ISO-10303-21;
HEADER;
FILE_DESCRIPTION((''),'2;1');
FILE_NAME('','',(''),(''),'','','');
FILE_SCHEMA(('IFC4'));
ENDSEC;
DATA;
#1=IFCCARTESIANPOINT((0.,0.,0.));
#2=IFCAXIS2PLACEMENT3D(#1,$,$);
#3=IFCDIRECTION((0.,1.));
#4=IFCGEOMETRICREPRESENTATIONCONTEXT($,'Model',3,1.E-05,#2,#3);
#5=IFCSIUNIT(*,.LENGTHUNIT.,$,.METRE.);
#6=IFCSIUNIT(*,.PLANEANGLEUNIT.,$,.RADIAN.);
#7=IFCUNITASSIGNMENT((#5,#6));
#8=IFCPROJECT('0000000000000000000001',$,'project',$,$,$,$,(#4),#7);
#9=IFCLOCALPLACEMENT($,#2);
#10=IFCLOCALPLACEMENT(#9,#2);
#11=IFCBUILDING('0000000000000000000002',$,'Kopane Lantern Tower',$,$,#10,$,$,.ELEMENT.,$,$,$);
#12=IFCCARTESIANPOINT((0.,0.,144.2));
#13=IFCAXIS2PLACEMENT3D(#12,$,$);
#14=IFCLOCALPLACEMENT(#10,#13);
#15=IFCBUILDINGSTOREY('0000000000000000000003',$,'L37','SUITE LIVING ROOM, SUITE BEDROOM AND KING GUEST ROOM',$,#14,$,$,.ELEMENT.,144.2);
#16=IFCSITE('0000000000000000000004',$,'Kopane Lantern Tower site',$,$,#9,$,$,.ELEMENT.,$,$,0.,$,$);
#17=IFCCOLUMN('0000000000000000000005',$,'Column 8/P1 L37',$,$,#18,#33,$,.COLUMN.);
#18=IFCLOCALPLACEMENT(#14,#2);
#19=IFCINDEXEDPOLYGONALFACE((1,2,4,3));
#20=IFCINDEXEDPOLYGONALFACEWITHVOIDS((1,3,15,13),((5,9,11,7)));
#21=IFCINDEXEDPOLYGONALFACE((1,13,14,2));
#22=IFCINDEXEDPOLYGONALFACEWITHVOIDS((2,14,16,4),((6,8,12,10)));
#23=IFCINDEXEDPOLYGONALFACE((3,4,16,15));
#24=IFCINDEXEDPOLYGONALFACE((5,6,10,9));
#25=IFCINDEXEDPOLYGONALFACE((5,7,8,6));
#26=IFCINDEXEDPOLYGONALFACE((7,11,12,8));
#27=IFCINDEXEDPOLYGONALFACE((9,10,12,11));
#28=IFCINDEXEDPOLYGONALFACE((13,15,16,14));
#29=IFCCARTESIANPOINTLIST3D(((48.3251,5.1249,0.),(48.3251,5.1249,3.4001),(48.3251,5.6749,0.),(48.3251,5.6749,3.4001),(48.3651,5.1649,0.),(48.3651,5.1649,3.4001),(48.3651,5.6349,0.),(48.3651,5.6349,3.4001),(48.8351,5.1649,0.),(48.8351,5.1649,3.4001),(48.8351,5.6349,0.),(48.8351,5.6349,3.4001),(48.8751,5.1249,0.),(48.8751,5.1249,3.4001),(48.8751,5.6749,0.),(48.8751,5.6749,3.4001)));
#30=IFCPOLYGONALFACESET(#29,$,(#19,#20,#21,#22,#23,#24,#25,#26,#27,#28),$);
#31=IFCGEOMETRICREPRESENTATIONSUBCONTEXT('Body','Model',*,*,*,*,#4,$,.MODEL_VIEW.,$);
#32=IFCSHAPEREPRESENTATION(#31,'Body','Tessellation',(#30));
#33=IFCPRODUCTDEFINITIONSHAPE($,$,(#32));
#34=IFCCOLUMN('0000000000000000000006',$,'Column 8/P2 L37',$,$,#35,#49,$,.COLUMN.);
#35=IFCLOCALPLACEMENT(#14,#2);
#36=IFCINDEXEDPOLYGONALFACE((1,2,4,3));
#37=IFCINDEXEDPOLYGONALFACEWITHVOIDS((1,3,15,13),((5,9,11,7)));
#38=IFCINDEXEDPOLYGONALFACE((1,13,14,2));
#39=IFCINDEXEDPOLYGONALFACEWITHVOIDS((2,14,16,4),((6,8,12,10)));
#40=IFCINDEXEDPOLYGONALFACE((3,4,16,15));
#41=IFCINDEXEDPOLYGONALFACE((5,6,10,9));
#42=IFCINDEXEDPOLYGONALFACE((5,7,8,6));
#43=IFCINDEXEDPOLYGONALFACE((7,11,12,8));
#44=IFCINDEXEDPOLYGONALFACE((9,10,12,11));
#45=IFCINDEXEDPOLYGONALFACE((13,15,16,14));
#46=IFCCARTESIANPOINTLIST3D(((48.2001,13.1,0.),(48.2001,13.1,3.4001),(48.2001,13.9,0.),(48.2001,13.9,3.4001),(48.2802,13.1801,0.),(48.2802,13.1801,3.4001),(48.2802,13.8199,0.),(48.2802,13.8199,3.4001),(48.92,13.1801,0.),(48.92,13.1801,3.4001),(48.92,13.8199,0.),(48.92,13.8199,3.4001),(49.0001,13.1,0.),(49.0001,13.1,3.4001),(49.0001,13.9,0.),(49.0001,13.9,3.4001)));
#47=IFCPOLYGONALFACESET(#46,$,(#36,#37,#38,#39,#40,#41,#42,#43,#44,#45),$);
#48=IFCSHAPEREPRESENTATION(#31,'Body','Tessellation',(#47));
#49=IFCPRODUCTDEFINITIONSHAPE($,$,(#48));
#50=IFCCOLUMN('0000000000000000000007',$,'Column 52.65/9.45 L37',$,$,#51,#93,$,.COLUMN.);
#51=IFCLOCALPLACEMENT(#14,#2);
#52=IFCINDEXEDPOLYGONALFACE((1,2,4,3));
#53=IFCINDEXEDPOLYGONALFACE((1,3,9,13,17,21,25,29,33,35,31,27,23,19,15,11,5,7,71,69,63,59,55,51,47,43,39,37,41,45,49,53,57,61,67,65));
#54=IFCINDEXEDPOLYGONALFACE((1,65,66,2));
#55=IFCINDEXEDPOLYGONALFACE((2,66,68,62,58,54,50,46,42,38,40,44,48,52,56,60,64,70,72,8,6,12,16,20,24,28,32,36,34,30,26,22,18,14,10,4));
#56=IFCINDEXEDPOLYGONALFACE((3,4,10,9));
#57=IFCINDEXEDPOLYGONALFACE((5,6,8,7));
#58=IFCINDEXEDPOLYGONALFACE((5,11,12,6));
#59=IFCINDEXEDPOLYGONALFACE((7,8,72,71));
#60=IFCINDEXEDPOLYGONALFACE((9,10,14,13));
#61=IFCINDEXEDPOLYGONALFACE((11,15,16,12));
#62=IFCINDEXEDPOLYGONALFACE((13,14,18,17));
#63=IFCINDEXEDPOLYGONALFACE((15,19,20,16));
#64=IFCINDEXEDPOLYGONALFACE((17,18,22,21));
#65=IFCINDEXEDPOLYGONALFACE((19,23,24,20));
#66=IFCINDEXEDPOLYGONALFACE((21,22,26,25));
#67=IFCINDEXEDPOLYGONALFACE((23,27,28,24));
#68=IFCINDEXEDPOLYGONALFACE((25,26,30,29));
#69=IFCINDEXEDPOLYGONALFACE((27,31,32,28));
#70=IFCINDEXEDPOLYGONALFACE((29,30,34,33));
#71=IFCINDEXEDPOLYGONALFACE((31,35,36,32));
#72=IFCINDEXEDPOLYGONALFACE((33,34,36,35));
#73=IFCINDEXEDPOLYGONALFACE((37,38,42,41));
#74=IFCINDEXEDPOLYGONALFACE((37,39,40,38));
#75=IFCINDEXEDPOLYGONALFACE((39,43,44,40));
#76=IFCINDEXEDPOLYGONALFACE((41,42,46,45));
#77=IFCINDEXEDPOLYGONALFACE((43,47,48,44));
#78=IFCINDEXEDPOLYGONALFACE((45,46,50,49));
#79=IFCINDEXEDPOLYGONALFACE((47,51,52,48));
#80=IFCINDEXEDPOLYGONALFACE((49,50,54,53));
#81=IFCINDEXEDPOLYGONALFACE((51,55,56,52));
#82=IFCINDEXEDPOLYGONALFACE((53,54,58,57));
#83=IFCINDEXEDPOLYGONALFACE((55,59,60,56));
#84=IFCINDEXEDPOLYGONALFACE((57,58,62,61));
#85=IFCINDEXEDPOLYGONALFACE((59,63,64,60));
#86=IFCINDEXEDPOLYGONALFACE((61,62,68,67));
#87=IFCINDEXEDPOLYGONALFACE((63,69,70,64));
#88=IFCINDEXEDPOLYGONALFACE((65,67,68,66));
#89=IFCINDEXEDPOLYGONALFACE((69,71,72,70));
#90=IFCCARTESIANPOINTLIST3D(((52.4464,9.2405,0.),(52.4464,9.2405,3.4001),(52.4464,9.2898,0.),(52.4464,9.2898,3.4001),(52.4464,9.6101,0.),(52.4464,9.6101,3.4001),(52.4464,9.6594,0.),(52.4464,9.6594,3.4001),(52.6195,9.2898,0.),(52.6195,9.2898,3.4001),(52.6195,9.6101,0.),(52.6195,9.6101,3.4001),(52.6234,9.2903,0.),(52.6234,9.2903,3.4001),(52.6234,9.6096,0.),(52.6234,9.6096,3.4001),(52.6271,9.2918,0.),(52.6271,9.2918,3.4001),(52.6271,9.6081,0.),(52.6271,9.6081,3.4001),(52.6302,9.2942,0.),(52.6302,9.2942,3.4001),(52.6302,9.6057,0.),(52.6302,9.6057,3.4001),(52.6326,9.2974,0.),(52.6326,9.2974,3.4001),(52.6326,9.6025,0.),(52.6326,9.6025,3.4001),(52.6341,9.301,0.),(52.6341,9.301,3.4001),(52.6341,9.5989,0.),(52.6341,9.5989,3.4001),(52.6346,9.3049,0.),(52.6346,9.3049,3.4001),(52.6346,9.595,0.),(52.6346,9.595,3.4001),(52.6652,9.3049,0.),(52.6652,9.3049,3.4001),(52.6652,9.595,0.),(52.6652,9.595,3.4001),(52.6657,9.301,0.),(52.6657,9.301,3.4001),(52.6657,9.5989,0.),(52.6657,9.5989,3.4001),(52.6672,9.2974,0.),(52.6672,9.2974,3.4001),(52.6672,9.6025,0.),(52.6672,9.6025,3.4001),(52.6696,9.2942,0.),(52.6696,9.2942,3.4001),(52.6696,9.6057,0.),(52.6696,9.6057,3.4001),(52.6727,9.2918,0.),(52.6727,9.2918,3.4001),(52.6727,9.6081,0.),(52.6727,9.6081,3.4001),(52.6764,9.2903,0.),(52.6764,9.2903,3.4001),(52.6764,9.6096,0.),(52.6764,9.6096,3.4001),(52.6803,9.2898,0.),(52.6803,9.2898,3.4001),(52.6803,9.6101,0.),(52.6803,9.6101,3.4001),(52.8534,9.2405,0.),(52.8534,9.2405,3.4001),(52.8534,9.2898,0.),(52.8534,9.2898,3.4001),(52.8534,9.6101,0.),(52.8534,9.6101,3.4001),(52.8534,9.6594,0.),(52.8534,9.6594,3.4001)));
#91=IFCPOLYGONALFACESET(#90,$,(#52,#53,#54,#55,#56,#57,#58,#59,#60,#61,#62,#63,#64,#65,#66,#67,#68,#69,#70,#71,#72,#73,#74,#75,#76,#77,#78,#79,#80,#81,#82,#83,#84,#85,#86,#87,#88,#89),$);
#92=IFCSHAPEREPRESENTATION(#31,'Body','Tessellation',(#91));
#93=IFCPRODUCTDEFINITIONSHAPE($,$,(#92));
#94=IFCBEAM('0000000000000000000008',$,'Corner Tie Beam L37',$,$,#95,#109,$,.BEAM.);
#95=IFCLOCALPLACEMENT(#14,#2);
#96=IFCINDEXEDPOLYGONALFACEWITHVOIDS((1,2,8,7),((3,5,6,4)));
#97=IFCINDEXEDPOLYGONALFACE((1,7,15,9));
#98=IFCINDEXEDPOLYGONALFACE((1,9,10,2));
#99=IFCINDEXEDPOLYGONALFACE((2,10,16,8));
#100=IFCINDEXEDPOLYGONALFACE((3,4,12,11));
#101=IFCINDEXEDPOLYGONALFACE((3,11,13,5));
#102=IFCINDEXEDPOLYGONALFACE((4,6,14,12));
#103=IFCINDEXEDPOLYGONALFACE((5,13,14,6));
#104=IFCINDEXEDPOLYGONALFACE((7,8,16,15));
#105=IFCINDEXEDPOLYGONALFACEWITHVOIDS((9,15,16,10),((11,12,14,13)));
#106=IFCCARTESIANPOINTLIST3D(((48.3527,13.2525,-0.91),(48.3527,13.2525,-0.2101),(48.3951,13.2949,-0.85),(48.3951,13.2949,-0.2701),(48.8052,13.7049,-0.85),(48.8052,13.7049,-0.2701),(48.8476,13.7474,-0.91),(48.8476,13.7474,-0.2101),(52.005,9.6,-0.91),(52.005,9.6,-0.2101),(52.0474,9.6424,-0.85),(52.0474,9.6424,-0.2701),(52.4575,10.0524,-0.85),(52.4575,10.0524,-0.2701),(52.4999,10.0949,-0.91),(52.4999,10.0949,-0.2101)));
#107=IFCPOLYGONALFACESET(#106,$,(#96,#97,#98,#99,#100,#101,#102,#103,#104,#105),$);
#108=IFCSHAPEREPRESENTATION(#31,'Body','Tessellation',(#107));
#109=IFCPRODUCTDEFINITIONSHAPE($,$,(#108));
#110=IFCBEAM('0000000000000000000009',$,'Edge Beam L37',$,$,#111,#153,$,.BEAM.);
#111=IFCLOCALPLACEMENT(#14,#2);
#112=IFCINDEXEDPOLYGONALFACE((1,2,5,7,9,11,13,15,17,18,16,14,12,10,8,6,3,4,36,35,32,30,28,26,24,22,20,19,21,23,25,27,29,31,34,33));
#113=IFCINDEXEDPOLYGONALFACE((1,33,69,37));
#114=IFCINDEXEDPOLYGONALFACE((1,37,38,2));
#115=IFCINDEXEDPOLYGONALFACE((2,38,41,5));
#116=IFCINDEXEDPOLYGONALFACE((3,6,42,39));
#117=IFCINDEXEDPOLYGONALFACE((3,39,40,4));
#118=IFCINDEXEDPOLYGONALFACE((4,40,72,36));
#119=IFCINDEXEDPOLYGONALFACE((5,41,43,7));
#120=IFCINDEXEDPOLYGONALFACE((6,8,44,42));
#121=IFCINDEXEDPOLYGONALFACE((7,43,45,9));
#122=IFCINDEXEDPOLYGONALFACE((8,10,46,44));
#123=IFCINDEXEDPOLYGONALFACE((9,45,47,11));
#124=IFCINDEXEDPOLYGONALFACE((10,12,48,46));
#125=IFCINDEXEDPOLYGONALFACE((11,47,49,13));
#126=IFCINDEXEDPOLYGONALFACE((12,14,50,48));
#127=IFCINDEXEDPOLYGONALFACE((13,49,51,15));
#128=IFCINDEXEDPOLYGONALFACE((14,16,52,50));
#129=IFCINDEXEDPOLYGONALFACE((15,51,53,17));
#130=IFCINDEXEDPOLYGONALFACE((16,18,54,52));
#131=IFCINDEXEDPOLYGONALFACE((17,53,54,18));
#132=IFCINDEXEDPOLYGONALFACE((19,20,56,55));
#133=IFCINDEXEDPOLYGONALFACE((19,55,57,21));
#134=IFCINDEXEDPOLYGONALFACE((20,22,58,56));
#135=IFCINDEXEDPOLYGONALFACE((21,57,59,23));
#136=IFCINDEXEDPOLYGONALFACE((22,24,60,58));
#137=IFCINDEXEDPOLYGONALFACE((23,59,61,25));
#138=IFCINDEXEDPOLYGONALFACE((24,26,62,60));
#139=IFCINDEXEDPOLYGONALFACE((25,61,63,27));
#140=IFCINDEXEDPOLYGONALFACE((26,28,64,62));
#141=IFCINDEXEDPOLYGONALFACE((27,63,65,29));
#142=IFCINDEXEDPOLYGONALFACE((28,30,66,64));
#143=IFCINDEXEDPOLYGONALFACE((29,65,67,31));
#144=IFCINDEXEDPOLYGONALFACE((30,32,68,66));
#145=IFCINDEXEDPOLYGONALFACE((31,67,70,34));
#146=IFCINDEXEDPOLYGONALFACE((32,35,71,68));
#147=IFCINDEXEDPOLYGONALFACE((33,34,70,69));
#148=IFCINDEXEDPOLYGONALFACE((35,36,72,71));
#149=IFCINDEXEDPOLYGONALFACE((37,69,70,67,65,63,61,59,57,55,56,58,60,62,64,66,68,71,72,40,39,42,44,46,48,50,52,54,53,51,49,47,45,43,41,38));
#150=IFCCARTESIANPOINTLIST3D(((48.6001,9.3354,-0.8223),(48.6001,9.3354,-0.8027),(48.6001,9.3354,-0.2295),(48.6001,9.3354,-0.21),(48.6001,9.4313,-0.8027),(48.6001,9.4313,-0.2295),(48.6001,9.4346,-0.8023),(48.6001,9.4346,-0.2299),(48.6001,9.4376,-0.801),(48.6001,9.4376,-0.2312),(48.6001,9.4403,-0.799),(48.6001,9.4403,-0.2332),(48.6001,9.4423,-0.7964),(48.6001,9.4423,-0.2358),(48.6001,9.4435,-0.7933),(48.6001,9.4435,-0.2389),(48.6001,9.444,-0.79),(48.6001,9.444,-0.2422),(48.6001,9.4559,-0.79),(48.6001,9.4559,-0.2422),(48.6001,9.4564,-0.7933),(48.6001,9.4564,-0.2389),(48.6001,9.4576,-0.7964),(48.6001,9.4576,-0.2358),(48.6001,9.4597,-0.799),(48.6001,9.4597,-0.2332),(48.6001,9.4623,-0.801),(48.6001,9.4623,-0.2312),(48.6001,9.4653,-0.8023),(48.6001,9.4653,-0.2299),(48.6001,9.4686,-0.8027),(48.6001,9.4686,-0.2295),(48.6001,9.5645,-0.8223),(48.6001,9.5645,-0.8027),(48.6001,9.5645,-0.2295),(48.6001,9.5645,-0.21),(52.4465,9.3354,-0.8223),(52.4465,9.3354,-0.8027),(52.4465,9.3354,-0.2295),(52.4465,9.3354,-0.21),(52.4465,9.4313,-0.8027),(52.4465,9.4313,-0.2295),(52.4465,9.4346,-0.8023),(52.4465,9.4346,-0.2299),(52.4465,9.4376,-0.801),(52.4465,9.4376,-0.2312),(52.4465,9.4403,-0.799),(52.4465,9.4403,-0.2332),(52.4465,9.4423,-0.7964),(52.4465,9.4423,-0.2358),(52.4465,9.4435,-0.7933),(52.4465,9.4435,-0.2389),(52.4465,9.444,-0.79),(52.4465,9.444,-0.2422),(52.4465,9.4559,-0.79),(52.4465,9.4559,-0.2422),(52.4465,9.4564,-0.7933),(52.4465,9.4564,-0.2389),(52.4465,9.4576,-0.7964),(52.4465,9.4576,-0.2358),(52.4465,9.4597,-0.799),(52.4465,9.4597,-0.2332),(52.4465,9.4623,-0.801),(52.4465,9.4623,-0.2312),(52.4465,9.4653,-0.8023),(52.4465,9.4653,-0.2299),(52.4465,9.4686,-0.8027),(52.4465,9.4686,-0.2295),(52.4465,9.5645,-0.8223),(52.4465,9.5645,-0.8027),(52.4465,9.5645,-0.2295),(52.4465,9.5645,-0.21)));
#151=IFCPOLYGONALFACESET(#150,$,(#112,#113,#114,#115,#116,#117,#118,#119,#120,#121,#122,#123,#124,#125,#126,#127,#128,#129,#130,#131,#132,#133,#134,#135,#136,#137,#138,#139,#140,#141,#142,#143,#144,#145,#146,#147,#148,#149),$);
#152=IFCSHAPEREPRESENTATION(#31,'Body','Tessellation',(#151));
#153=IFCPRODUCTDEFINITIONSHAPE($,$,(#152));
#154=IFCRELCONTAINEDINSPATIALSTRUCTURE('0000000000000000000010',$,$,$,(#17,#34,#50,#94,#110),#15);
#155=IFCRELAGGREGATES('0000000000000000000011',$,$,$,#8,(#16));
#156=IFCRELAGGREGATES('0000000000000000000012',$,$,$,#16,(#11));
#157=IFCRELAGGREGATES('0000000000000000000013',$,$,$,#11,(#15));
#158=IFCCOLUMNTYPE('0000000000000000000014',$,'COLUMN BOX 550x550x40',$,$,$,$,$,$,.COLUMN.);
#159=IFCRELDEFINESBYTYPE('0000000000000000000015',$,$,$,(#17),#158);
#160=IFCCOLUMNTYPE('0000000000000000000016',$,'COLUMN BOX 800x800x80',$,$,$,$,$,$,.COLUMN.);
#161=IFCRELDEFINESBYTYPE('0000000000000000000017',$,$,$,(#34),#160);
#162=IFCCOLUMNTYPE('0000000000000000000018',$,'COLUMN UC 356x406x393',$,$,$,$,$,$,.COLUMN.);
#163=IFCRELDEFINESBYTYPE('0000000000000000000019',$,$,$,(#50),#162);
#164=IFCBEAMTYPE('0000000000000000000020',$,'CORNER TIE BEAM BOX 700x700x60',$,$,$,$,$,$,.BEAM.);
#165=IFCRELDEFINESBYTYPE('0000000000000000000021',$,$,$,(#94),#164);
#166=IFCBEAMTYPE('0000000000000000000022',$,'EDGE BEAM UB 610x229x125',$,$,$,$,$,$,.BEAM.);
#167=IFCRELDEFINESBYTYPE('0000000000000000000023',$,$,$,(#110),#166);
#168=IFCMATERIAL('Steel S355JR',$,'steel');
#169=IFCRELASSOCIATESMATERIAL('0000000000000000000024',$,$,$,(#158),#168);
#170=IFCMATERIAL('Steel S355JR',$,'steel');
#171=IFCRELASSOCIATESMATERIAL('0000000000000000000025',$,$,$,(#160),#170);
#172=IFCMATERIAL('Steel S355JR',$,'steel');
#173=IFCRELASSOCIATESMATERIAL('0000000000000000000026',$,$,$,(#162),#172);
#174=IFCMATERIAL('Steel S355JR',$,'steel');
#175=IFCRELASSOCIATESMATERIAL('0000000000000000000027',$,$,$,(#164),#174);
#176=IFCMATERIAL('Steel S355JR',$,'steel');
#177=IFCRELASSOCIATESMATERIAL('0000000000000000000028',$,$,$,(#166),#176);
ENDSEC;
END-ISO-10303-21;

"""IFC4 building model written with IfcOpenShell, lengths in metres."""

from ifc_helpers import new_model, si_unit, direction, frame, origin, origin_2d, place, context, subcontext, project, spatial, hollow_rectangle, i_section, extrude, material, material_profile, profile_set, type_object, element, save


model = new_model("IFC4")

# Units and contexts
model_context = context("Model", 3, precision=1e-05, world=origin(), true_north=direction((0.0, 1.0)))
body_context = subcontext(model_context, "Body", "Model", "MODEL_VIEW")
ifc_project = project(units=[si_unit("LENGTHUNIT", "METRE"), si_unit("PLANEANGLEUNIT", "RADIAN")], contexts=[model_context])

# Site, building, storey
site_placement = place(None, origin())
site = spatial("IfcSite", under=ifc_project, at=site_placement, Name="Kopane Lantern Tower site", CompositionType="ELEMENT", RefElevation=0.0)
building_placement = place(site_placement, origin())
building = spatial("IfcBuilding", under=site, at=building_placement, Name="Kopane Lantern Tower", CompositionType="ELEMENT")
storey_placement = place(building_placement, frame((0.0, 0.0, 144.2)))
storey = spatial("IfcBuildingStorey", under=building, at=storey_placement, Name="L37", Description="SUITE LIVING ROOM, SUITE BEDROOM AND KING GUEST ROOM", CompositionType="ELEMENT", Elevation=144.2)

# Columns
ifc_material_1 = material(Name="Steel S355JR", Category="steel")
ifc_material_profile_1 = material_profile(ifc_material_1, hollow_rectangle(XDim=0.55, YDim=0.55, WallThickness=0.04, at=origin_2d()), Name="BOX 550x550x40")
ifc_profile_set_1 = profile_set([ifc_material_profile_1], Name="Steel S355JR")
column_type_1 = type_object("IfcColumnType", Name="COLUMN BOX 550x550x40", PredefinedType="COLUMN", material=ifc_profile_set_1)
column_1_placement = place(storey_placement, frame((48.6001, 5.3999, 0.0), z_axis=(0.0, 0.0, 1.0), x_axis=(1.0, 0.0, 0.0)))
element("IfcColumn", 1, at=column_1_placement, inside=storey, type_object=column_type_1, Name="Column 8/P1 L37", PredefinedType="COLUMN", context=body_context, shape_type="SweptSolid", body=[
    extrude(hollow_rectangle(XDim=0.55, YDim=0.55, WallThickness=0.04, at=origin_2d()), origin(), (0.0, 0.0, 1.0), 3.4001),
])
ifc_material_2 = material(Name="Steel S355JR", Category="steel")
ifc_material_profile_2 = material_profile(ifc_material_2, hollow_rectangle(XDim=0.8, YDim=0.8, WallThickness=0.0801, at=origin_2d()), Name="BOX 800x800x80")
ifc_profile_set_2 = profile_set([ifc_material_profile_2], Name="Steel S355JR")
column_type_2 = type_object("IfcColumnType", Name="COLUMN BOX 800x800x80", PredefinedType="COLUMN", material=ifc_profile_set_2)
column_2_placement = place(storey_placement, frame((48.6001, 13.5, 0.0), z_axis=(0.0, 0.0, 1.0), x_axis=(1.0, 0.0, 0.0)))
element("IfcColumn", 2, at=column_2_placement, inside=storey, type_object=column_type_2, Name="Column 8/P2 L37", PredefinedType="COLUMN", context=body_context, shape_type="SweptSolid", body=[
    extrude(hollow_rectangle(XDim=0.8, YDim=0.8, WallThickness=0.0801, at=origin_2d()), origin(), (0.0, 0.0, 1.0), 3.4001),
])
ifc_material_3 = material(Name="Steel S355JR", Category="steel")
ifc_material_profile_3 = material_profile(ifc_material_3, i_section(OverallWidth=0.407, OverallDepth=0.4189, WebThickness=0.0305, FlangeThickness=0.0493, FilletRadius=0.0151, at=origin_2d()), Name="UC 356x406x393")
ifc_profile_set_3 = profile_set([ifc_material_profile_3], Name="Steel S355JR")
column_type_3 = type_object("IfcColumnType", Name="COLUMN UC 356x406x393", PredefinedType="COLUMN", material=ifc_profile_set_3)
column_3_placement = place(storey_placement, frame((52.6499, 9.45, 0.0), z_axis=(0.0, 0.0, 1.0), x_axis=(1.0, 0.0, 0.0)))
element("IfcColumn", 3, at=column_3_placement, inside=storey, type_object=column_type_3, Name="Column 52.65/9.45 L37", PredefinedType="COLUMN", context=body_context, shape_type="SweptSolid", body=[
    extrude(i_section(OverallWidth=0.407, OverallDepth=0.4189, WebThickness=0.0305, FlangeThickness=0.0493, FilletRadius=0.0151, at=origin_2d()), origin(), (0.0, 0.0, 1.0), 3.4001),
])

# Beams
ifc_material_4 = material(Name="Steel S355JR", Category="steel")
ifc_material_profile_4 = material_profile(ifc_material_4, hollow_rectangle(XDim=0.7, YDim=0.7, WallThickness=0.0601, at=origin_2d()), Name="BOX 700x700x60")
ifc_profile_set_4 = profile_set([ifc_material_profile_4], Name="Steel S355JR")
beam_type_1 = type_object("IfcBeamType", Name="CORNER TIE BEAM BOX 700x700x60", PredefinedType="BEAM", material=ifc_profile_set_4)
beam_placement = place(storey_placement, frame((52.2524, 9.8474, -0.5601), z_axis=(-0.707083, 0.70713, 0.0), x_axis=(-0.70713, -0.707083, 0.0)))
element("IfcBeam", 4, at=beam_placement, inside=storey, type_object=beam_type_1, Name="Corner Tie Beam L37", PredefinedType="BEAM", context=body_context, shape_type="SweptSolid", body=[
    extrude(hollow_rectangle(XDim=0.7, YDim=0.7, WallThickness=0.0601, at=origin_2d()), origin(), (0.0, 0.0, 1.0), 5.1653),
])
ifc_material_5 = material(Name="Steel S355JR", Category="steel")
ifc_material_profile_5 = material_profile(ifc_material_5, i_section(OverallWidth=0.229, OverallDepth=0.6123, WebThickness=0.012, FlangeThickness=0.0195, FilletRadius=0.0127, at=origin_2d()), Name="UB 610x229x125")
ifc_profile_set_5 = profile_set([ifc_material_profile_5], Name="Steel S355JR")
beam_type_2 = type_object("IfcBeamType", Name="EDGE BEAM UB 610x229x125", PredefinedType="BEAM", material=ifc_profile_set_5)
for number, where, z_axis, x_axis, name in (
    (5, (52.4465, 9.45, -0.5161), (-1.0, 0.0, 0.0), (0.0, -1.0, 0.0), "Edge Beam L37"),
):
    element("IfcBeam", number, at=place(storey_placement, frame(where, z_axis=z_axis, x_axis=x_axis)), inside=storey, type_object=beam_type_2, Name=name, PredefinedType="BEAM", context=body_context, shape_type="SweptSolid", body=[
        extrude(i_section(OverallWidth=0.229, OverallDepth=0.6123, WebThickness=0.012, FlangeThickness=0.0195, FilletRadius=0.0127, at=origin_2d()), origin(), (0.0, 0.0, 1.0), 3.8464),
    ])

save(model, "model.ifc")
